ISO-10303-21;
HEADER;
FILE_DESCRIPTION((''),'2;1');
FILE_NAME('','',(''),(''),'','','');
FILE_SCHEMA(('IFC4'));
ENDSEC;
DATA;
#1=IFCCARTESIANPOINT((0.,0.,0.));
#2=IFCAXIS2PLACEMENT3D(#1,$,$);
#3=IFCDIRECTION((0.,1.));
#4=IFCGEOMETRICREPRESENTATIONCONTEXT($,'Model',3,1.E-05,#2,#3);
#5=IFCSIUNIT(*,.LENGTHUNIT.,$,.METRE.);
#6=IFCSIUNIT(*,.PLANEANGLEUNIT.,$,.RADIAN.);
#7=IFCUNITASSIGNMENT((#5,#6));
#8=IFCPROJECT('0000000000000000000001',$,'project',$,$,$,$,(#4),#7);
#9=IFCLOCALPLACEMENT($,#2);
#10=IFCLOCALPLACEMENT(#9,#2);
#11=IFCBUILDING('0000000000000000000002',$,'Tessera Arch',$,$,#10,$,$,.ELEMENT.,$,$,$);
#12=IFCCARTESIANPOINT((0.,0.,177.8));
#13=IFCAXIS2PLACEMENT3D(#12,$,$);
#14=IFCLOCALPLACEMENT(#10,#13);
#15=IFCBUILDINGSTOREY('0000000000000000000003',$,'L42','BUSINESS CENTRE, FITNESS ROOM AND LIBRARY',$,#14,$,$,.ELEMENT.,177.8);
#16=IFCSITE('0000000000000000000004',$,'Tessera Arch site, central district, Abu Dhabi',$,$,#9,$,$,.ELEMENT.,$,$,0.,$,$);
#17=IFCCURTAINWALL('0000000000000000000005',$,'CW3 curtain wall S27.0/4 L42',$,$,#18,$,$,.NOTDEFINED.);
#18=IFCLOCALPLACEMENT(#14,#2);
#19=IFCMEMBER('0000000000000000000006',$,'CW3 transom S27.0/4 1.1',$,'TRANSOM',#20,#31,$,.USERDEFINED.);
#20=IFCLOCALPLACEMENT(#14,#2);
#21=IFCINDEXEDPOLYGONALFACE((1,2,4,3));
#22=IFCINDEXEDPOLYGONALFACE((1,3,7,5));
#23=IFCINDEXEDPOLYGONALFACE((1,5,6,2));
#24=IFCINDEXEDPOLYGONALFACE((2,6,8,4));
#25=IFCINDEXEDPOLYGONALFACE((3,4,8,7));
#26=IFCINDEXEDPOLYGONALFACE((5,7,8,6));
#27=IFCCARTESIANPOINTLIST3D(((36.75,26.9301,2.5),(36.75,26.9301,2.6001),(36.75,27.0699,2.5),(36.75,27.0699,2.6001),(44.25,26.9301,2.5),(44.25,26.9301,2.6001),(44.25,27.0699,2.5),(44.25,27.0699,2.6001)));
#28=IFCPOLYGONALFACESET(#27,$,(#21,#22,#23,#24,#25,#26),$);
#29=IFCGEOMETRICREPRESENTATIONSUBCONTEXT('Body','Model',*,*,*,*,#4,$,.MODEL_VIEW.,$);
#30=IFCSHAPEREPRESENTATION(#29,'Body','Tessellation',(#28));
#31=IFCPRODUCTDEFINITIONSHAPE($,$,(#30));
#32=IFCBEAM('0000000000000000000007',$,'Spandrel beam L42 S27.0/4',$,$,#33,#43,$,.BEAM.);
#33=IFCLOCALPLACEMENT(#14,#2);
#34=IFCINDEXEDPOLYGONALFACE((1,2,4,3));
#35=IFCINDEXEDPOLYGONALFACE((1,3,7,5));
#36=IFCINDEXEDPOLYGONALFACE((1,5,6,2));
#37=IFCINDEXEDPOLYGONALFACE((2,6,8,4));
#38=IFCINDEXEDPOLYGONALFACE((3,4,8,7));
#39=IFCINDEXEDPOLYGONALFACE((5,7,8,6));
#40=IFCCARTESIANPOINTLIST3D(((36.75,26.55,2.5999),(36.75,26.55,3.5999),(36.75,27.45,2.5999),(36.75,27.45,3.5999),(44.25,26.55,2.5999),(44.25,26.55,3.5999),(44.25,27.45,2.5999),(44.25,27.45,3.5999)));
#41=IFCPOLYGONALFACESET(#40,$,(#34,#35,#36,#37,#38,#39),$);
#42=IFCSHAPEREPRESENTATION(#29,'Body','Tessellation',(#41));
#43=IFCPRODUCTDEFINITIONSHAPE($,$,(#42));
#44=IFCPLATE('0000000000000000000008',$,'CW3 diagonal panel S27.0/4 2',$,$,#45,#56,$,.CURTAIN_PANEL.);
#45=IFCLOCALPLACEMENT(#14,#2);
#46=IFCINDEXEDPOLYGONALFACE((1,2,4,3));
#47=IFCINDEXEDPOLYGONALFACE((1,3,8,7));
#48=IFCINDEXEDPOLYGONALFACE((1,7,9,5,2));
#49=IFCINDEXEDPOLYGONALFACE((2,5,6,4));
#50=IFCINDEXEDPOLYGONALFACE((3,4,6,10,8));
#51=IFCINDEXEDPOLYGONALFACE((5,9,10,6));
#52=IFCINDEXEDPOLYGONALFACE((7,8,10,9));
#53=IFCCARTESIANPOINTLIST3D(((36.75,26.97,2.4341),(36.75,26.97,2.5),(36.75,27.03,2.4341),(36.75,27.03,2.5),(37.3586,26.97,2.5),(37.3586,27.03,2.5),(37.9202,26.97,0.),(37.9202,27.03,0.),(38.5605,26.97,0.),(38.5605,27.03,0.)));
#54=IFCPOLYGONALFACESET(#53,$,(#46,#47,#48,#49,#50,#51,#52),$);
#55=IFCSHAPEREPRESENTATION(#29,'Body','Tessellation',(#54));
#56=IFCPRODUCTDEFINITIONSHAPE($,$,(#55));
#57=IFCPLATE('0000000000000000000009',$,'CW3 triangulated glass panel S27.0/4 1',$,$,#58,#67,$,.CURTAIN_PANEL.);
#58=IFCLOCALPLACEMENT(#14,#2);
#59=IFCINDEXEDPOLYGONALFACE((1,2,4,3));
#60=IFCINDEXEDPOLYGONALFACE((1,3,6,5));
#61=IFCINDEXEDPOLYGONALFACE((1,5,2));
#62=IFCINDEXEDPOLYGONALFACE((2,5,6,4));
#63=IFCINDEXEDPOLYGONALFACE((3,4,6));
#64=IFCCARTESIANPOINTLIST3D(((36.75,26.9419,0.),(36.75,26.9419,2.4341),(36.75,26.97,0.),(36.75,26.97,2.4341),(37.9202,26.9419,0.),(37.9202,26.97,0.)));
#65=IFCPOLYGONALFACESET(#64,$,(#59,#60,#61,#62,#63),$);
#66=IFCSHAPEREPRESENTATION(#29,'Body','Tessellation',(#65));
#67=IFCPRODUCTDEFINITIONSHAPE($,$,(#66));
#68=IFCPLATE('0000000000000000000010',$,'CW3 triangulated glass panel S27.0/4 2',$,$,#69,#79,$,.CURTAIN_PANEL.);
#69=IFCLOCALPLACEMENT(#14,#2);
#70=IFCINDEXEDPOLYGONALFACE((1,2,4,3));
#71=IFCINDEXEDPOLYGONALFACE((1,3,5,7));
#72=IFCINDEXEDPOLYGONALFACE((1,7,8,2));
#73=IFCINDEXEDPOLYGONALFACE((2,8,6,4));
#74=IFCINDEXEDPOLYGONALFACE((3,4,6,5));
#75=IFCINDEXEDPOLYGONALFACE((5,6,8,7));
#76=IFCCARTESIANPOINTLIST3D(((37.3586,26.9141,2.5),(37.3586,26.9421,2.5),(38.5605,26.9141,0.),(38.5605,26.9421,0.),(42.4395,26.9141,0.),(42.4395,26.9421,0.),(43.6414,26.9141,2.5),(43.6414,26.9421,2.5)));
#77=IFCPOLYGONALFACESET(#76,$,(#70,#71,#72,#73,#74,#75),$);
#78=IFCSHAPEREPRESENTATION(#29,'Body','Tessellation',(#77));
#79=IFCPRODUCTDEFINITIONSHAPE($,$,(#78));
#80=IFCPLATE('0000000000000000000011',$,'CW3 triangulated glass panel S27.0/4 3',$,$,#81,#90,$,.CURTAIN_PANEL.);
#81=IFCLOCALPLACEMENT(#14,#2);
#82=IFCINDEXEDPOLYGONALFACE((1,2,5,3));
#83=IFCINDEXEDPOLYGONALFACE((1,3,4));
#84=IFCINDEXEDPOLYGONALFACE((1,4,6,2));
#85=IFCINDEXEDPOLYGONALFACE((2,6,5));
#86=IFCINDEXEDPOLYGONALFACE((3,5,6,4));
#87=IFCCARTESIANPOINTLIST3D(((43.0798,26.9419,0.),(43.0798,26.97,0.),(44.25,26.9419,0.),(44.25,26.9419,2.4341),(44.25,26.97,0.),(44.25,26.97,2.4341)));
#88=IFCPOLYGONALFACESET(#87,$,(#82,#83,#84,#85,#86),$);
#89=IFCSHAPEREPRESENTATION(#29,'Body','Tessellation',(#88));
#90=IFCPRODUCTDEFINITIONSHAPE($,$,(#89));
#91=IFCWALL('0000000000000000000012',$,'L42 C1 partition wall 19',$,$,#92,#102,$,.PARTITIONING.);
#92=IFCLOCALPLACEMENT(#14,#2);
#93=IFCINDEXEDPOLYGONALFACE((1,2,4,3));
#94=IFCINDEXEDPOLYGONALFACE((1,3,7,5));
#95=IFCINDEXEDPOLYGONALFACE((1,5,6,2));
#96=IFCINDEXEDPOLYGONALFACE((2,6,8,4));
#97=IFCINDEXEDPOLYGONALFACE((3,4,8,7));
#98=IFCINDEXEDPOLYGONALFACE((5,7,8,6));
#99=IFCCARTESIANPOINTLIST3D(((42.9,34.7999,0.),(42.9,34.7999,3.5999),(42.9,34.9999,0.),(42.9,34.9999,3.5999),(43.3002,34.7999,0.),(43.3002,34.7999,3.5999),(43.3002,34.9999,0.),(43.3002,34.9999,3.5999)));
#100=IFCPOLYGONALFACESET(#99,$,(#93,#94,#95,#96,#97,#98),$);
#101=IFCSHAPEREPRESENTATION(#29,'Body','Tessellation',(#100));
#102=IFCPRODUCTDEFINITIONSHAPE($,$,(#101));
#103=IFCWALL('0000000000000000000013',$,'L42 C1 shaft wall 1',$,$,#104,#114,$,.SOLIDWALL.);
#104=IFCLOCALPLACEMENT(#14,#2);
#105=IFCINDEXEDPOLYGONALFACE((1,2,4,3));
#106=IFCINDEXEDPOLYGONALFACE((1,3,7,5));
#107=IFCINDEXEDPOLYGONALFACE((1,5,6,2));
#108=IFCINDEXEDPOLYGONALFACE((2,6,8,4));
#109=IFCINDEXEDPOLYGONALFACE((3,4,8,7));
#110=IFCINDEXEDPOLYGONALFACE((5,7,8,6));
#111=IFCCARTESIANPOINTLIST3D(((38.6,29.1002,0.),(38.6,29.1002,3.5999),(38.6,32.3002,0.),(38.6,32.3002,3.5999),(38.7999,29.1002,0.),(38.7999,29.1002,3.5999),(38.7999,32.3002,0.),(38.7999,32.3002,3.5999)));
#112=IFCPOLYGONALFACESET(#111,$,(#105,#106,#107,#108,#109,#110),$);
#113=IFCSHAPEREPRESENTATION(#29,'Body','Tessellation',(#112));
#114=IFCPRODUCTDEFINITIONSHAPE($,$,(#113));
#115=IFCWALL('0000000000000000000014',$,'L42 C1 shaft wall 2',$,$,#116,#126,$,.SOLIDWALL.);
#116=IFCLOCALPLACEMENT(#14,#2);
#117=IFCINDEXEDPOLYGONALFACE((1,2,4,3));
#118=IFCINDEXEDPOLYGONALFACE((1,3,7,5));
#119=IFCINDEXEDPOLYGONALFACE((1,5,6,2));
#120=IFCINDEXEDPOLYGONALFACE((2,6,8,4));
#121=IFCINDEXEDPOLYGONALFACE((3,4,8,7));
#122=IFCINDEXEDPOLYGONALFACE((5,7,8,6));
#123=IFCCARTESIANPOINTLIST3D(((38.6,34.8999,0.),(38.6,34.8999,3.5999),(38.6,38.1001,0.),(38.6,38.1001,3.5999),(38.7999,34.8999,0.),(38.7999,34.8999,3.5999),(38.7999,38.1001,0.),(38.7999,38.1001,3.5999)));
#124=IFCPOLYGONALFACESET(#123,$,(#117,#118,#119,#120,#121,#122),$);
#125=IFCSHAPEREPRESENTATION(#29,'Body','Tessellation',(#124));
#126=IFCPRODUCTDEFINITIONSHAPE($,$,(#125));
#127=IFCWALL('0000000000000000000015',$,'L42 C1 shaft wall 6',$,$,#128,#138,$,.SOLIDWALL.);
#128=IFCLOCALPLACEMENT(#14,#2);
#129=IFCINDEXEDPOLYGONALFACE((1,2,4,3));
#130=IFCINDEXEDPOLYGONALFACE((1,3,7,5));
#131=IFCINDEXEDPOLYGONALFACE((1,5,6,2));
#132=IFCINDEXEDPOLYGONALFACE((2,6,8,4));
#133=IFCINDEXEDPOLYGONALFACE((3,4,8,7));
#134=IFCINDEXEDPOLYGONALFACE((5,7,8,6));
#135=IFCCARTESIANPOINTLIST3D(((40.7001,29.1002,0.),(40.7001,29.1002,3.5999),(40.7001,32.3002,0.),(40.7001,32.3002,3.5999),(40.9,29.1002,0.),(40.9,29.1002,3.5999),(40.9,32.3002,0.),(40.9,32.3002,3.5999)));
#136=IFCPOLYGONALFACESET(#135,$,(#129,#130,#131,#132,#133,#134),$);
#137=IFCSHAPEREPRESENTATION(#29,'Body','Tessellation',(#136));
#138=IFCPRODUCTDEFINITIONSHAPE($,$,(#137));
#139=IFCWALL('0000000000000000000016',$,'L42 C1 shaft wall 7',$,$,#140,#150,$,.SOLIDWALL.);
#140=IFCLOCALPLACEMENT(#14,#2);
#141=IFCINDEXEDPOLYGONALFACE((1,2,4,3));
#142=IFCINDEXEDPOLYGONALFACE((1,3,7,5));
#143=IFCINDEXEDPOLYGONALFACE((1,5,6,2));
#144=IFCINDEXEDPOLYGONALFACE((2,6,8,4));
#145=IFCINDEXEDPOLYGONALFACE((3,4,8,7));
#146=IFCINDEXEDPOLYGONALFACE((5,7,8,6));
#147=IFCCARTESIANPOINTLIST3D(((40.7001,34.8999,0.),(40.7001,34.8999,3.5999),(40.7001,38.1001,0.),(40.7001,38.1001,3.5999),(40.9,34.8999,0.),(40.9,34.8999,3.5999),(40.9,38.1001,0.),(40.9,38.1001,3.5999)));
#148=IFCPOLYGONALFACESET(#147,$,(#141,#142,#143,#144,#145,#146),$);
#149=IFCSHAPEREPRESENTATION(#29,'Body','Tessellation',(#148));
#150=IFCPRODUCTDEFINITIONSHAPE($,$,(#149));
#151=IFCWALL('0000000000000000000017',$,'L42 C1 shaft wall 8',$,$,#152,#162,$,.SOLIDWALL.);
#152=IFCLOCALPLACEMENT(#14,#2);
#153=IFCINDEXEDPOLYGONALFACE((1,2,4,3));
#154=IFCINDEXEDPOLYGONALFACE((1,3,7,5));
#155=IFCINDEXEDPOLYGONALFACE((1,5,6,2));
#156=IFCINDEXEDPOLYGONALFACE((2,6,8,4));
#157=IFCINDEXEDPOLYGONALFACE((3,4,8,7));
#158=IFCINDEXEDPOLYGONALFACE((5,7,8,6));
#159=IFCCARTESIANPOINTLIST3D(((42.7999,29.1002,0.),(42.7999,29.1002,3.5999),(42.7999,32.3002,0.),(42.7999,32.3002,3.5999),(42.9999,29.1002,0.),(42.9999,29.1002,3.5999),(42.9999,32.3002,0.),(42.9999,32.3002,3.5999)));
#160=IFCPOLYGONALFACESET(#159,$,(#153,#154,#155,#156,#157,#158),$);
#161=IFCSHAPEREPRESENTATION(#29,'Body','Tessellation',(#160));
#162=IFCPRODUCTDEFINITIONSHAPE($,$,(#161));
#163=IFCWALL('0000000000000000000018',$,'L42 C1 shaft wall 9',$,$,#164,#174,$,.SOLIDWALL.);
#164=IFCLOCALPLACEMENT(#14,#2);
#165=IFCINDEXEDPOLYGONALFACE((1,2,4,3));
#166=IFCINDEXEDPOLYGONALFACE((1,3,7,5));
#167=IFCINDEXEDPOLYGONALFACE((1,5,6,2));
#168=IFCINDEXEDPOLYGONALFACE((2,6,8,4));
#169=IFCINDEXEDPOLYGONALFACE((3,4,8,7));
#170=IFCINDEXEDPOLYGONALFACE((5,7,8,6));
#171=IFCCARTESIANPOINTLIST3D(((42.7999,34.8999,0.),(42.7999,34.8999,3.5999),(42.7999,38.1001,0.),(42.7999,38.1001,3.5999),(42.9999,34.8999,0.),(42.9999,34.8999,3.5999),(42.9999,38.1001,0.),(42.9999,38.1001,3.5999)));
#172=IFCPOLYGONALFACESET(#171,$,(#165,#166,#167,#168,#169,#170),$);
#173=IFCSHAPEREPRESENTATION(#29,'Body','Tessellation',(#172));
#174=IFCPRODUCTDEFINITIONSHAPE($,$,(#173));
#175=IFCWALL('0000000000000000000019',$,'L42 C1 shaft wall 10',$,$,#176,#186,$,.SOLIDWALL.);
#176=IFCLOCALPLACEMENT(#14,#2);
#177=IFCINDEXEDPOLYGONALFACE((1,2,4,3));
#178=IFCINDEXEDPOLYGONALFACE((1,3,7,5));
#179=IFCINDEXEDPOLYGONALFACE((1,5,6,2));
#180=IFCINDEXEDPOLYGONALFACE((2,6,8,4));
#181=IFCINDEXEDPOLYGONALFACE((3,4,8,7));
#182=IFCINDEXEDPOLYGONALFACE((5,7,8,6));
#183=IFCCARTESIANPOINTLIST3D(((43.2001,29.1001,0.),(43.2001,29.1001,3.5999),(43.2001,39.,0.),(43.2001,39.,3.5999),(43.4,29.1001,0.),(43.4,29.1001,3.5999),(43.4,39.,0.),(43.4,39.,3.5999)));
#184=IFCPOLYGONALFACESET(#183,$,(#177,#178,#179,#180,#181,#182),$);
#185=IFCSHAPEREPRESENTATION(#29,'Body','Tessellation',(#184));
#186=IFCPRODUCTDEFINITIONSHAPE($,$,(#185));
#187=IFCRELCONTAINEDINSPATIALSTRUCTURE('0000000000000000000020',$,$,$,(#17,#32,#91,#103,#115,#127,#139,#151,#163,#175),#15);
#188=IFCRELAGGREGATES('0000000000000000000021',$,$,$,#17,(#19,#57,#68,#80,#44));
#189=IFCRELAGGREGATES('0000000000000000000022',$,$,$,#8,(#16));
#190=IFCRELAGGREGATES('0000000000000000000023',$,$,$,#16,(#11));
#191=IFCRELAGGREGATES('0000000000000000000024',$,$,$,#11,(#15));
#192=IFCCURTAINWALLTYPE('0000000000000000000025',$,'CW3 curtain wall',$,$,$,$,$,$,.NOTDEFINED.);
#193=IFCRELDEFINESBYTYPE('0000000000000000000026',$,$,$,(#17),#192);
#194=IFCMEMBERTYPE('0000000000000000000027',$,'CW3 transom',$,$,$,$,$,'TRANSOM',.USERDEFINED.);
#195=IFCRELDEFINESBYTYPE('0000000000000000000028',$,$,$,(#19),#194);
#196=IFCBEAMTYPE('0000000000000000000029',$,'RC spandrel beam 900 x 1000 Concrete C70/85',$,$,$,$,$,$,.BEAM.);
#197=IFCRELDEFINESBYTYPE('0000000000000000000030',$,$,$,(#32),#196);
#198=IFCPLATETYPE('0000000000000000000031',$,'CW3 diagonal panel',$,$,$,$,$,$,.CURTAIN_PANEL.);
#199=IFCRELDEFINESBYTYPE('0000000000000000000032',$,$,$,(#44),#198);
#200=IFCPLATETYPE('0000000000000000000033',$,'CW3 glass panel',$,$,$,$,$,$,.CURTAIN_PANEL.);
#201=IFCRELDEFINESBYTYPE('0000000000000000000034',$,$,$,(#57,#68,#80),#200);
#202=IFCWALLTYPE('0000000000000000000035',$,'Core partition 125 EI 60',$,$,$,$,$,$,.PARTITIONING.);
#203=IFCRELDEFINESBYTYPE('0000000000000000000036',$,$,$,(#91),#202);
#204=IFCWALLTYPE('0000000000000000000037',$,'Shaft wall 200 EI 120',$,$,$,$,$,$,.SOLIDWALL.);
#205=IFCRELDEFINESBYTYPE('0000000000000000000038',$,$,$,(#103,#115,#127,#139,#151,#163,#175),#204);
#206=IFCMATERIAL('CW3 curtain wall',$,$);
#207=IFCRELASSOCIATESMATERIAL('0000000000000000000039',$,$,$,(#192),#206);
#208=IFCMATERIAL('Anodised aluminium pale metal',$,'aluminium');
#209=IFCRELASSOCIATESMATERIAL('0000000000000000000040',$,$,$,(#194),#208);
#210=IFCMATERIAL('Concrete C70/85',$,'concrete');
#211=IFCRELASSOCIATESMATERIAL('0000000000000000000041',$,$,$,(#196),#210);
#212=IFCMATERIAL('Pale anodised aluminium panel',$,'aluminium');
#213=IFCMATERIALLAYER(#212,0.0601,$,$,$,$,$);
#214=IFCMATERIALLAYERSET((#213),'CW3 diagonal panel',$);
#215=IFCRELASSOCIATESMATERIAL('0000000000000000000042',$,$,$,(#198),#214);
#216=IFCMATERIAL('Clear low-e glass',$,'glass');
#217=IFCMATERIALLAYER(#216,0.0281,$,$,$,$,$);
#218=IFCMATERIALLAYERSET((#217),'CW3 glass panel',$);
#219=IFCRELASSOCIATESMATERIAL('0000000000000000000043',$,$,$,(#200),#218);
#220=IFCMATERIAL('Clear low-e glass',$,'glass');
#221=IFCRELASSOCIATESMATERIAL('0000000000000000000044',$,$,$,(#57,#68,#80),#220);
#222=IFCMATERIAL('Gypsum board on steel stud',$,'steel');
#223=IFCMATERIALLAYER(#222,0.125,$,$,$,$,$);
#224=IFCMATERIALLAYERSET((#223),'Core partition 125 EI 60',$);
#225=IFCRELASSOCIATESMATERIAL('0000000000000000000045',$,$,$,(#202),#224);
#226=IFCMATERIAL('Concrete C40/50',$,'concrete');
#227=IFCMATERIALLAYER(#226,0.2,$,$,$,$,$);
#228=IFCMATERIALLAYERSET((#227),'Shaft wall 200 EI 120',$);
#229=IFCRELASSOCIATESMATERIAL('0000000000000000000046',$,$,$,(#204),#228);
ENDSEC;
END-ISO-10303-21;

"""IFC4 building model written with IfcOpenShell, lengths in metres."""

from ifc_helpers import new_model, si_unit, direction, frame, frame_2d, origin, origin_2d, place, context, subcontext, project, spatial, polyline, rectangle, outline, extrude, material, layer, layer_set, material_profile, profile_set, type_object, element, aggregate, save


model = new_model("IFC4")

# Units and contexts
model_context = context("Model", 3, precision=1e-05, world=origin(), true_north=direction((0.0, 1.0)))
body_context = subcontext(model_context, "Body", "Model", "MODEL_VIEW")
ifc_project = project(units=[si_unit("LENGTHUNIT", "METRE"), si_unit("PLANEANGLEUNIT", "RADIAN")], contexts=[model_context])

# Site, building, storey
site_placement = place(None, origin())
site = spatial("IfcSite", under=ifc_project, at=site_placement, Name="Tessera Arch site, central district, Abu Dhabi", CompositionType="ELEMENT", RefElevation=0.0)
building_placement = place(site_placement, origin())
building = spatial("IfcBuilding", under=site, at=building_placement, Name="Tessera Arch", CompositionType="ELEMENT")
storey_placement = place(building_placement, frame((0.0, 0.0, 177.8)))
storey = spatial("IfcBuildingStorey", under=building, at=storey_placement, Name="L42", Description="BUSINESS CENTRE, FITNESS ROOM AND LIBRARY", CompositionType="ELEMENT", Elevation=177.8)

# Curtain wall, member
ifc_material_1 = material(Name="CW3 curtain wall")
curtain_wall_type = type_object("IfcCurtainWallType", Name="CW3 curtain wall", PredefinedType="NOTDEFINED", material=ifc_material_1)
curtain_wall_placement = place(storey_placement, origin())
curtain_wall = element("IfcCurtainWall", 1, at=curtain_wall_placement, inside=storey, type_object=curtain_wall_type, Name="CW3 curtain wall S27.0/4 L42", PredefinedType="NOTDEFINED")
ifc_material_2 = material(Name="Anodised aluminium pale metal", Category="aluminium")
ifc_material_profile_1 = material_profile(ifc_material_2, rectangle(XDim=0.1399, YDim=0.1001, at=origin_2d()), Name="AL 140x100")
ifc_profile_set_1 = profile_set([ifc_material_profile_1], Name="Anodised aluminium pale metal")
member_type = type_object("IfcMemberType", Name="CW3 transom", ElementType="TRANSOM", PredefinedType="USERDEFINED", material=ifc_profile_set_1)
member_placement = place(storey_placement, frame((36.75, 27.0, 2.55), z_axis=(1.0, 0.0, 0.0), x_axis=(0.0, 1.0, 0.0)))
member = element("IfcMember", 2, at=member_placement, type_object=member_type, Name="CW3 transom S27.0/4 1.1", ObjectType="TRANSOM", PredefinedType="USERDEFINED", context=body_context, shape_type="SweptSolid", body=[
    extrude(rectangle(XDim=0.1399, YDim=0.1001, at=origin_2d()), origin(), (0.0, 0.0, 1.0), 7.5),
])

# Beam
ifc_material_3 = material(Name="Concrete C70/85", Category="concrete")
ifc_material_profile_2 = material_profile(ifc_material_3, rectangle(XDim=0.8999, YDim=1.0, at=origin_2d()), Name="RC spandrel beam 900 x 1000 Concrete C70/85")
ifc_profile_set_2 = profile_set([ifc_material_profile_2], Name="Concrete C70/85")
beam_type = type_object("IfcBeamType", Name="RC spandrel beam 900 x 1000 Concrete C70/85", PredefinedType="BEAM", material=ifc_profile_set_2)
beam_placement = place(storey_placement, frame((36.75, 27.0, 3.0999), z_axis=(1.0, 0.0, 0.0), x_axis=(0.0, 1.0, 0.0)))
element("IfcBeam", 3, at=beam_placement, inside=storey, type_object=beam_type, Name="Spandrel beam L42 S27.0/4", PredefinedType="BEAM", context=body_context, shape_type="SweptSolid", body=[
    extrude(rectangle(XDim=0.8999, YDim=1.0, at=origin_2d()), origin(), (0.0, 0.0, 1.0), 7.5),
])

# Plates
ifc_material_4 = material(Name="Pale anodised aluminium panel", Category="aluminium")
ifc_layer_1 = layer(ifc_material_4, 0.0601)
ifc_layer_set_1 = layer_set([ifc_layer_1], Name="CW3 diagonal panel")
plate_type_1 = type_object("IfcPlateType", Name="CW3 diagonal panel", PredefinedType="CURTAIN_PANEL", material=ifc_layer_set_1)
plate_1_placement = place(storey_placement, frame((36.75, 26.97, 2.5), z_axis=(0.0, -1.0, 0.0), x_axis=(0.0, 0.0, -1.0)))
plate_1 = element("IfcPlate", 4, at=plate_1_placement, type_object=plate_type_1, Name="CW3 diagonal panel S27.0/4 2", PredefinedType="CURTAIN_PANEL", context=body_context, shape_type="SweptSolid", body=[
    extrude(outline(polyline([(0.0, 0.0), (0.0659, 0.0), (2.5, 1.1702), (2.5, 1.8105), (0.0, 0.6086), (0.0, 0.0)])), origin(), (0.0, 0.0, -1.0), 0.0601),
])
ifc_material_5 = material(Name="Clear low-e glass", Category="glass")
ifc_material_6 = material(Name="Clear low-e glass", Category="glass")
ifc_layer_2 = layer(ifc_material_6, 0.0281)
ifc_layer_set_2 = layer_set([ifc_layer_2], Name="CW3 glass panel")
plate_type_2 = type_object("IfcPlateType", Name="CW3 glass panel", PredefinedType="CURTAIN_PANEL", material=ifc_layer_set_2)
plate_2_placement = place(storey_placement, frame((36.75, 26.9419, 0.0), z_axis=(0.0, -1.0, 0.0), x_axis=(1.0, 0.0, 0.0)))
plate_2 = element("IfcPlate", 5, at=plate_2_placement, type_object=plate_type_2, material=ifc_material_5, Name="CW3 triangulated glass panel S27.0/4 1", PredefinedType="CURTAIN_PANEL", context=body_context, shape_type="SweptSolid", body=[
    extrude(outline(polyline([(0.0, 0.0), (1.1702, 0.0), (0.0, 2.4341), (0.0, 0.0)])), origin(), (0.0, 0.0, -1.0), 0.0281),
])
plate_3_placement = place(storey_placement, frame((43.6414, 26.9141, 2.5), z_axis=(0.0, -1.0, 0.0), x_axis=(-1.0, 0.0, 0.0)))
plate_3 = element("IfcPlate", 6, at=plate_3_placement, type_object=plate_type_2, material=ifc_material_5, Name="CW3 triangulated glass panel S27.0/4 2", PredefinedType="CURTAIN_PANEL", context=body_context, shape_type="SweptSolid", body=[
    extrude(outline(polyline([(0.0, 0.0), (6.2827, 0.0), (5.0808, 2.5), (1.2019, 2.5), (0.0, 0.0)])), origin(), (0.0, 0.0, -1.0), 0.0281),
])
plate_4_placement = place(storey_placement, frame((44.25, 26.9419, 0.0), z_axis=(0.0, -1.0, 0.0), x_axis=(0.0, 0.0, 1.0)))
plate_4 = element("IfcPlate", 7, at=plate_4_placement, type_object=plate_type_2, material=ifc_material_5, Name="CW3 triangulated glass panel S27.0/4 3", PredefinedType="CURTAIN_PANEL", context=body_context, shape_type="SweptSolid", body=[
    extrude(outline(polyline([(0.0, 0.0), (2.4341, 0.0), (0.0, 1.1702), (0.0, 0.0)])), origin(), (0.0, 0.0, -1.0), 0.0281),
])
aggregate(curtain_wall, [member, plate_2, plate_3, plate_4, plate_1])

# Walls
ifc_material_7 = material(Name="Gypsum board on steel stud", Category="steel")
ifc_layer_3 = layer(ifc_material_7, 0.125)
ifc_layer_set_3 = layer_set([ifc_layer_3], Name="Core partition 125 EI 60")
wall_type_1 = type_object("IfcWallType", Name="Core partition 125 EI 60", PredefinedType="PARTITIONING", material=ifc_layer_set_3)
wall_1_placement = place(storey_placement, frame((42.8999, 34.8999, 0.0), z_axis=(0.0, 0.0, 1.0), x_axis=(1.0, 0.0, 0.0)))
element("IfcWall", 8, at=wall_1_placement, inside=storey, type_object=wall_type_1, Name="L42 C1 partition wall 19", PredefinedType="PARTITIONING", context=body_context, shape_type="SweptSolid", body=[
    extrude(rectangle(XDim=0.4001, YDim=0.2, at=frame_2d((0.2002, 0.0))), origin(), (0.0, 0.0, 1.0), 3.5999),
])
ifc_material_8 = material(Name="Concrete C40/50", Category="concrete")
ifc_layer_4 = layer(ifc_material_8, 0.2)
ifc_layer_set_4 = layer_set([ifc_layer_4], Name="Shaft wall 200 EI 120")
wall_type_2 = type_object("IfcWallType", Name="Shaft wall 200 EI 120", PredefinedType="SOLIDWALL", material=ifc_layer_set_4)
wall_2_placement = place(storey_placement, frame((38.7, 29.1001, 0.0), z_axis=(0.0, 0.0, 1.0), x_axis=(0.0, 1.0, 0.0)))
element("IfcWall", 9, at=wall_2_placement, inside=storey, type_object=wall_type_2, Name="L42 C1 shaft wall 1", PredefinedType="SOLIDWALL", context=body_context, shape_type="SweptSolid", body=[
    extrude(rectangle(XDim=3.2, YDim=0.2, at=frame_2d((1.6001, 0.0))), origin(), (0.0, 0.0, 1.0), 3.5999),
])
wall_3_placement = place(storey_placement, frame((38.7, 34.8999, 0.0), z_axis=(0.0, 0.0, 1.0), x_axis=(0.0, 1.0, 0.0)))
element("IfcWall", 10, at=wall_3_placement, inside=storey, type_object=wall_type_2, Name="L42 C1 shaft wall 2", PredefinedType="SOLIDWALL", context=body_context, shape_type="SweptSolid", body=[
    extrude(rectangle(XDim=3.2002, YDim=0.2, at=frame_2d((1.6001, 0.0))), origin(), (0.0, 0.0, 1.0), 3.5999),
])
wall_4_placement = place(storey_placement, frame((40.8, 29.1001, 0.0), z_axis=(0.0, 0.0, 1.0), x_axis=(0.0, 1.0, 0.0)))
element("IfcWall", 11, at=wall_4_placement, inside=storey, type_object=wall_type_2, Name="L42 C1 shaft wall 6", PredefinedType="SOLIDWALL", context=body_context, shape_type="SweptSolid", body=[
    extrude(rectangle(XDim=3.2, YDim=0.2, at=frame_2d((1.6001, 0.0))), origin(), (0.0, 0.0, 1.0), 3.5999),
])
wall_5_placement = place(storey_placement, frame((40.8, 34.8999, 0.0), z_axis=(0.0, 0.0, 1.0), x_axis=(0.0, 1.0, 0.0)))
element("IfcWall", 12, at=wall_5_placement, inside=storey, type_object=wall_type_2, Name="L42 C1 shaft wall 7", PredefinedType="SOLIDWALL", context=body_context, shape_type="SweptSolid", body=[
    extrude(rectangle(XDim=3.2002, YDim=0.2, at=frame_2d((1.6001, 0.0))), origin(), (0.0, 0.0, 1.0), 3.5999),
])
wall_6_placement = place(storey_placement, frame((42.8999, 29.1001, 0.0), z_axis=(0.0, 0.0, 1.0), x_axis=(0.0, 1.0, 0.0)))
element("IfcWall", 13, at=wall_6_placement, inside=storey, type_object=wall_type_2, Name="L42 C1 shaft wall 8", PredefinedType="SOLIDWALL", context=body_context, shape_type="SweptSolid", body=[
    extrude(rectangle(XDim=3.2, YDim=0.2, at=frame_2d((1.6001, 0.0))), origin(), (0.0, 0.0, 1.0), 3.5999),
])
wall_7_placement = place(storey_placement, frame((42.8999, 34.8999, 0.0), z_axis=(0.0, 0.0, 1.0), x_axis=(0.0, 1.0, 0.0)))
element("IfcWall", 14, at=wall_7_placement, inside=storey, type_object=wall_type_2, Name="L42 C1 shaft wall 9", PredefinedType="SOLIDWALL", context=body_context, shape_type="SweptSolid", body=[
    extrude(rectangle(XDim=3.2002, YDim=0.2, at=frame_2d((1.6001, 0.0))), origin(), (0.0, 0.0, 1.0), 3.5999),
])
wall_8_placement = place(storey_placement, frame((43.3, 29.1001, 0.0), z_axis=(0.0, 0.0, 1.0), x_axis=(0.0, 1.0, 0.0)))
element("IfcWall", 15, at=wall_8_placement, inside=storey, type_object=wall_type_2, Name="L42 C1 shaft wall 10", PredefinedType="SOLIDWALL", context=body_context, shape_type="SweptSolid", body=[
    extrude(rectangle(XDim=9.8999, YDim=0.2, at=frame_2d((4.95, 0.0))), origin(), (0.0, 0.0, 1.0), 3.5999),
])

save(model, "model.ifc")
